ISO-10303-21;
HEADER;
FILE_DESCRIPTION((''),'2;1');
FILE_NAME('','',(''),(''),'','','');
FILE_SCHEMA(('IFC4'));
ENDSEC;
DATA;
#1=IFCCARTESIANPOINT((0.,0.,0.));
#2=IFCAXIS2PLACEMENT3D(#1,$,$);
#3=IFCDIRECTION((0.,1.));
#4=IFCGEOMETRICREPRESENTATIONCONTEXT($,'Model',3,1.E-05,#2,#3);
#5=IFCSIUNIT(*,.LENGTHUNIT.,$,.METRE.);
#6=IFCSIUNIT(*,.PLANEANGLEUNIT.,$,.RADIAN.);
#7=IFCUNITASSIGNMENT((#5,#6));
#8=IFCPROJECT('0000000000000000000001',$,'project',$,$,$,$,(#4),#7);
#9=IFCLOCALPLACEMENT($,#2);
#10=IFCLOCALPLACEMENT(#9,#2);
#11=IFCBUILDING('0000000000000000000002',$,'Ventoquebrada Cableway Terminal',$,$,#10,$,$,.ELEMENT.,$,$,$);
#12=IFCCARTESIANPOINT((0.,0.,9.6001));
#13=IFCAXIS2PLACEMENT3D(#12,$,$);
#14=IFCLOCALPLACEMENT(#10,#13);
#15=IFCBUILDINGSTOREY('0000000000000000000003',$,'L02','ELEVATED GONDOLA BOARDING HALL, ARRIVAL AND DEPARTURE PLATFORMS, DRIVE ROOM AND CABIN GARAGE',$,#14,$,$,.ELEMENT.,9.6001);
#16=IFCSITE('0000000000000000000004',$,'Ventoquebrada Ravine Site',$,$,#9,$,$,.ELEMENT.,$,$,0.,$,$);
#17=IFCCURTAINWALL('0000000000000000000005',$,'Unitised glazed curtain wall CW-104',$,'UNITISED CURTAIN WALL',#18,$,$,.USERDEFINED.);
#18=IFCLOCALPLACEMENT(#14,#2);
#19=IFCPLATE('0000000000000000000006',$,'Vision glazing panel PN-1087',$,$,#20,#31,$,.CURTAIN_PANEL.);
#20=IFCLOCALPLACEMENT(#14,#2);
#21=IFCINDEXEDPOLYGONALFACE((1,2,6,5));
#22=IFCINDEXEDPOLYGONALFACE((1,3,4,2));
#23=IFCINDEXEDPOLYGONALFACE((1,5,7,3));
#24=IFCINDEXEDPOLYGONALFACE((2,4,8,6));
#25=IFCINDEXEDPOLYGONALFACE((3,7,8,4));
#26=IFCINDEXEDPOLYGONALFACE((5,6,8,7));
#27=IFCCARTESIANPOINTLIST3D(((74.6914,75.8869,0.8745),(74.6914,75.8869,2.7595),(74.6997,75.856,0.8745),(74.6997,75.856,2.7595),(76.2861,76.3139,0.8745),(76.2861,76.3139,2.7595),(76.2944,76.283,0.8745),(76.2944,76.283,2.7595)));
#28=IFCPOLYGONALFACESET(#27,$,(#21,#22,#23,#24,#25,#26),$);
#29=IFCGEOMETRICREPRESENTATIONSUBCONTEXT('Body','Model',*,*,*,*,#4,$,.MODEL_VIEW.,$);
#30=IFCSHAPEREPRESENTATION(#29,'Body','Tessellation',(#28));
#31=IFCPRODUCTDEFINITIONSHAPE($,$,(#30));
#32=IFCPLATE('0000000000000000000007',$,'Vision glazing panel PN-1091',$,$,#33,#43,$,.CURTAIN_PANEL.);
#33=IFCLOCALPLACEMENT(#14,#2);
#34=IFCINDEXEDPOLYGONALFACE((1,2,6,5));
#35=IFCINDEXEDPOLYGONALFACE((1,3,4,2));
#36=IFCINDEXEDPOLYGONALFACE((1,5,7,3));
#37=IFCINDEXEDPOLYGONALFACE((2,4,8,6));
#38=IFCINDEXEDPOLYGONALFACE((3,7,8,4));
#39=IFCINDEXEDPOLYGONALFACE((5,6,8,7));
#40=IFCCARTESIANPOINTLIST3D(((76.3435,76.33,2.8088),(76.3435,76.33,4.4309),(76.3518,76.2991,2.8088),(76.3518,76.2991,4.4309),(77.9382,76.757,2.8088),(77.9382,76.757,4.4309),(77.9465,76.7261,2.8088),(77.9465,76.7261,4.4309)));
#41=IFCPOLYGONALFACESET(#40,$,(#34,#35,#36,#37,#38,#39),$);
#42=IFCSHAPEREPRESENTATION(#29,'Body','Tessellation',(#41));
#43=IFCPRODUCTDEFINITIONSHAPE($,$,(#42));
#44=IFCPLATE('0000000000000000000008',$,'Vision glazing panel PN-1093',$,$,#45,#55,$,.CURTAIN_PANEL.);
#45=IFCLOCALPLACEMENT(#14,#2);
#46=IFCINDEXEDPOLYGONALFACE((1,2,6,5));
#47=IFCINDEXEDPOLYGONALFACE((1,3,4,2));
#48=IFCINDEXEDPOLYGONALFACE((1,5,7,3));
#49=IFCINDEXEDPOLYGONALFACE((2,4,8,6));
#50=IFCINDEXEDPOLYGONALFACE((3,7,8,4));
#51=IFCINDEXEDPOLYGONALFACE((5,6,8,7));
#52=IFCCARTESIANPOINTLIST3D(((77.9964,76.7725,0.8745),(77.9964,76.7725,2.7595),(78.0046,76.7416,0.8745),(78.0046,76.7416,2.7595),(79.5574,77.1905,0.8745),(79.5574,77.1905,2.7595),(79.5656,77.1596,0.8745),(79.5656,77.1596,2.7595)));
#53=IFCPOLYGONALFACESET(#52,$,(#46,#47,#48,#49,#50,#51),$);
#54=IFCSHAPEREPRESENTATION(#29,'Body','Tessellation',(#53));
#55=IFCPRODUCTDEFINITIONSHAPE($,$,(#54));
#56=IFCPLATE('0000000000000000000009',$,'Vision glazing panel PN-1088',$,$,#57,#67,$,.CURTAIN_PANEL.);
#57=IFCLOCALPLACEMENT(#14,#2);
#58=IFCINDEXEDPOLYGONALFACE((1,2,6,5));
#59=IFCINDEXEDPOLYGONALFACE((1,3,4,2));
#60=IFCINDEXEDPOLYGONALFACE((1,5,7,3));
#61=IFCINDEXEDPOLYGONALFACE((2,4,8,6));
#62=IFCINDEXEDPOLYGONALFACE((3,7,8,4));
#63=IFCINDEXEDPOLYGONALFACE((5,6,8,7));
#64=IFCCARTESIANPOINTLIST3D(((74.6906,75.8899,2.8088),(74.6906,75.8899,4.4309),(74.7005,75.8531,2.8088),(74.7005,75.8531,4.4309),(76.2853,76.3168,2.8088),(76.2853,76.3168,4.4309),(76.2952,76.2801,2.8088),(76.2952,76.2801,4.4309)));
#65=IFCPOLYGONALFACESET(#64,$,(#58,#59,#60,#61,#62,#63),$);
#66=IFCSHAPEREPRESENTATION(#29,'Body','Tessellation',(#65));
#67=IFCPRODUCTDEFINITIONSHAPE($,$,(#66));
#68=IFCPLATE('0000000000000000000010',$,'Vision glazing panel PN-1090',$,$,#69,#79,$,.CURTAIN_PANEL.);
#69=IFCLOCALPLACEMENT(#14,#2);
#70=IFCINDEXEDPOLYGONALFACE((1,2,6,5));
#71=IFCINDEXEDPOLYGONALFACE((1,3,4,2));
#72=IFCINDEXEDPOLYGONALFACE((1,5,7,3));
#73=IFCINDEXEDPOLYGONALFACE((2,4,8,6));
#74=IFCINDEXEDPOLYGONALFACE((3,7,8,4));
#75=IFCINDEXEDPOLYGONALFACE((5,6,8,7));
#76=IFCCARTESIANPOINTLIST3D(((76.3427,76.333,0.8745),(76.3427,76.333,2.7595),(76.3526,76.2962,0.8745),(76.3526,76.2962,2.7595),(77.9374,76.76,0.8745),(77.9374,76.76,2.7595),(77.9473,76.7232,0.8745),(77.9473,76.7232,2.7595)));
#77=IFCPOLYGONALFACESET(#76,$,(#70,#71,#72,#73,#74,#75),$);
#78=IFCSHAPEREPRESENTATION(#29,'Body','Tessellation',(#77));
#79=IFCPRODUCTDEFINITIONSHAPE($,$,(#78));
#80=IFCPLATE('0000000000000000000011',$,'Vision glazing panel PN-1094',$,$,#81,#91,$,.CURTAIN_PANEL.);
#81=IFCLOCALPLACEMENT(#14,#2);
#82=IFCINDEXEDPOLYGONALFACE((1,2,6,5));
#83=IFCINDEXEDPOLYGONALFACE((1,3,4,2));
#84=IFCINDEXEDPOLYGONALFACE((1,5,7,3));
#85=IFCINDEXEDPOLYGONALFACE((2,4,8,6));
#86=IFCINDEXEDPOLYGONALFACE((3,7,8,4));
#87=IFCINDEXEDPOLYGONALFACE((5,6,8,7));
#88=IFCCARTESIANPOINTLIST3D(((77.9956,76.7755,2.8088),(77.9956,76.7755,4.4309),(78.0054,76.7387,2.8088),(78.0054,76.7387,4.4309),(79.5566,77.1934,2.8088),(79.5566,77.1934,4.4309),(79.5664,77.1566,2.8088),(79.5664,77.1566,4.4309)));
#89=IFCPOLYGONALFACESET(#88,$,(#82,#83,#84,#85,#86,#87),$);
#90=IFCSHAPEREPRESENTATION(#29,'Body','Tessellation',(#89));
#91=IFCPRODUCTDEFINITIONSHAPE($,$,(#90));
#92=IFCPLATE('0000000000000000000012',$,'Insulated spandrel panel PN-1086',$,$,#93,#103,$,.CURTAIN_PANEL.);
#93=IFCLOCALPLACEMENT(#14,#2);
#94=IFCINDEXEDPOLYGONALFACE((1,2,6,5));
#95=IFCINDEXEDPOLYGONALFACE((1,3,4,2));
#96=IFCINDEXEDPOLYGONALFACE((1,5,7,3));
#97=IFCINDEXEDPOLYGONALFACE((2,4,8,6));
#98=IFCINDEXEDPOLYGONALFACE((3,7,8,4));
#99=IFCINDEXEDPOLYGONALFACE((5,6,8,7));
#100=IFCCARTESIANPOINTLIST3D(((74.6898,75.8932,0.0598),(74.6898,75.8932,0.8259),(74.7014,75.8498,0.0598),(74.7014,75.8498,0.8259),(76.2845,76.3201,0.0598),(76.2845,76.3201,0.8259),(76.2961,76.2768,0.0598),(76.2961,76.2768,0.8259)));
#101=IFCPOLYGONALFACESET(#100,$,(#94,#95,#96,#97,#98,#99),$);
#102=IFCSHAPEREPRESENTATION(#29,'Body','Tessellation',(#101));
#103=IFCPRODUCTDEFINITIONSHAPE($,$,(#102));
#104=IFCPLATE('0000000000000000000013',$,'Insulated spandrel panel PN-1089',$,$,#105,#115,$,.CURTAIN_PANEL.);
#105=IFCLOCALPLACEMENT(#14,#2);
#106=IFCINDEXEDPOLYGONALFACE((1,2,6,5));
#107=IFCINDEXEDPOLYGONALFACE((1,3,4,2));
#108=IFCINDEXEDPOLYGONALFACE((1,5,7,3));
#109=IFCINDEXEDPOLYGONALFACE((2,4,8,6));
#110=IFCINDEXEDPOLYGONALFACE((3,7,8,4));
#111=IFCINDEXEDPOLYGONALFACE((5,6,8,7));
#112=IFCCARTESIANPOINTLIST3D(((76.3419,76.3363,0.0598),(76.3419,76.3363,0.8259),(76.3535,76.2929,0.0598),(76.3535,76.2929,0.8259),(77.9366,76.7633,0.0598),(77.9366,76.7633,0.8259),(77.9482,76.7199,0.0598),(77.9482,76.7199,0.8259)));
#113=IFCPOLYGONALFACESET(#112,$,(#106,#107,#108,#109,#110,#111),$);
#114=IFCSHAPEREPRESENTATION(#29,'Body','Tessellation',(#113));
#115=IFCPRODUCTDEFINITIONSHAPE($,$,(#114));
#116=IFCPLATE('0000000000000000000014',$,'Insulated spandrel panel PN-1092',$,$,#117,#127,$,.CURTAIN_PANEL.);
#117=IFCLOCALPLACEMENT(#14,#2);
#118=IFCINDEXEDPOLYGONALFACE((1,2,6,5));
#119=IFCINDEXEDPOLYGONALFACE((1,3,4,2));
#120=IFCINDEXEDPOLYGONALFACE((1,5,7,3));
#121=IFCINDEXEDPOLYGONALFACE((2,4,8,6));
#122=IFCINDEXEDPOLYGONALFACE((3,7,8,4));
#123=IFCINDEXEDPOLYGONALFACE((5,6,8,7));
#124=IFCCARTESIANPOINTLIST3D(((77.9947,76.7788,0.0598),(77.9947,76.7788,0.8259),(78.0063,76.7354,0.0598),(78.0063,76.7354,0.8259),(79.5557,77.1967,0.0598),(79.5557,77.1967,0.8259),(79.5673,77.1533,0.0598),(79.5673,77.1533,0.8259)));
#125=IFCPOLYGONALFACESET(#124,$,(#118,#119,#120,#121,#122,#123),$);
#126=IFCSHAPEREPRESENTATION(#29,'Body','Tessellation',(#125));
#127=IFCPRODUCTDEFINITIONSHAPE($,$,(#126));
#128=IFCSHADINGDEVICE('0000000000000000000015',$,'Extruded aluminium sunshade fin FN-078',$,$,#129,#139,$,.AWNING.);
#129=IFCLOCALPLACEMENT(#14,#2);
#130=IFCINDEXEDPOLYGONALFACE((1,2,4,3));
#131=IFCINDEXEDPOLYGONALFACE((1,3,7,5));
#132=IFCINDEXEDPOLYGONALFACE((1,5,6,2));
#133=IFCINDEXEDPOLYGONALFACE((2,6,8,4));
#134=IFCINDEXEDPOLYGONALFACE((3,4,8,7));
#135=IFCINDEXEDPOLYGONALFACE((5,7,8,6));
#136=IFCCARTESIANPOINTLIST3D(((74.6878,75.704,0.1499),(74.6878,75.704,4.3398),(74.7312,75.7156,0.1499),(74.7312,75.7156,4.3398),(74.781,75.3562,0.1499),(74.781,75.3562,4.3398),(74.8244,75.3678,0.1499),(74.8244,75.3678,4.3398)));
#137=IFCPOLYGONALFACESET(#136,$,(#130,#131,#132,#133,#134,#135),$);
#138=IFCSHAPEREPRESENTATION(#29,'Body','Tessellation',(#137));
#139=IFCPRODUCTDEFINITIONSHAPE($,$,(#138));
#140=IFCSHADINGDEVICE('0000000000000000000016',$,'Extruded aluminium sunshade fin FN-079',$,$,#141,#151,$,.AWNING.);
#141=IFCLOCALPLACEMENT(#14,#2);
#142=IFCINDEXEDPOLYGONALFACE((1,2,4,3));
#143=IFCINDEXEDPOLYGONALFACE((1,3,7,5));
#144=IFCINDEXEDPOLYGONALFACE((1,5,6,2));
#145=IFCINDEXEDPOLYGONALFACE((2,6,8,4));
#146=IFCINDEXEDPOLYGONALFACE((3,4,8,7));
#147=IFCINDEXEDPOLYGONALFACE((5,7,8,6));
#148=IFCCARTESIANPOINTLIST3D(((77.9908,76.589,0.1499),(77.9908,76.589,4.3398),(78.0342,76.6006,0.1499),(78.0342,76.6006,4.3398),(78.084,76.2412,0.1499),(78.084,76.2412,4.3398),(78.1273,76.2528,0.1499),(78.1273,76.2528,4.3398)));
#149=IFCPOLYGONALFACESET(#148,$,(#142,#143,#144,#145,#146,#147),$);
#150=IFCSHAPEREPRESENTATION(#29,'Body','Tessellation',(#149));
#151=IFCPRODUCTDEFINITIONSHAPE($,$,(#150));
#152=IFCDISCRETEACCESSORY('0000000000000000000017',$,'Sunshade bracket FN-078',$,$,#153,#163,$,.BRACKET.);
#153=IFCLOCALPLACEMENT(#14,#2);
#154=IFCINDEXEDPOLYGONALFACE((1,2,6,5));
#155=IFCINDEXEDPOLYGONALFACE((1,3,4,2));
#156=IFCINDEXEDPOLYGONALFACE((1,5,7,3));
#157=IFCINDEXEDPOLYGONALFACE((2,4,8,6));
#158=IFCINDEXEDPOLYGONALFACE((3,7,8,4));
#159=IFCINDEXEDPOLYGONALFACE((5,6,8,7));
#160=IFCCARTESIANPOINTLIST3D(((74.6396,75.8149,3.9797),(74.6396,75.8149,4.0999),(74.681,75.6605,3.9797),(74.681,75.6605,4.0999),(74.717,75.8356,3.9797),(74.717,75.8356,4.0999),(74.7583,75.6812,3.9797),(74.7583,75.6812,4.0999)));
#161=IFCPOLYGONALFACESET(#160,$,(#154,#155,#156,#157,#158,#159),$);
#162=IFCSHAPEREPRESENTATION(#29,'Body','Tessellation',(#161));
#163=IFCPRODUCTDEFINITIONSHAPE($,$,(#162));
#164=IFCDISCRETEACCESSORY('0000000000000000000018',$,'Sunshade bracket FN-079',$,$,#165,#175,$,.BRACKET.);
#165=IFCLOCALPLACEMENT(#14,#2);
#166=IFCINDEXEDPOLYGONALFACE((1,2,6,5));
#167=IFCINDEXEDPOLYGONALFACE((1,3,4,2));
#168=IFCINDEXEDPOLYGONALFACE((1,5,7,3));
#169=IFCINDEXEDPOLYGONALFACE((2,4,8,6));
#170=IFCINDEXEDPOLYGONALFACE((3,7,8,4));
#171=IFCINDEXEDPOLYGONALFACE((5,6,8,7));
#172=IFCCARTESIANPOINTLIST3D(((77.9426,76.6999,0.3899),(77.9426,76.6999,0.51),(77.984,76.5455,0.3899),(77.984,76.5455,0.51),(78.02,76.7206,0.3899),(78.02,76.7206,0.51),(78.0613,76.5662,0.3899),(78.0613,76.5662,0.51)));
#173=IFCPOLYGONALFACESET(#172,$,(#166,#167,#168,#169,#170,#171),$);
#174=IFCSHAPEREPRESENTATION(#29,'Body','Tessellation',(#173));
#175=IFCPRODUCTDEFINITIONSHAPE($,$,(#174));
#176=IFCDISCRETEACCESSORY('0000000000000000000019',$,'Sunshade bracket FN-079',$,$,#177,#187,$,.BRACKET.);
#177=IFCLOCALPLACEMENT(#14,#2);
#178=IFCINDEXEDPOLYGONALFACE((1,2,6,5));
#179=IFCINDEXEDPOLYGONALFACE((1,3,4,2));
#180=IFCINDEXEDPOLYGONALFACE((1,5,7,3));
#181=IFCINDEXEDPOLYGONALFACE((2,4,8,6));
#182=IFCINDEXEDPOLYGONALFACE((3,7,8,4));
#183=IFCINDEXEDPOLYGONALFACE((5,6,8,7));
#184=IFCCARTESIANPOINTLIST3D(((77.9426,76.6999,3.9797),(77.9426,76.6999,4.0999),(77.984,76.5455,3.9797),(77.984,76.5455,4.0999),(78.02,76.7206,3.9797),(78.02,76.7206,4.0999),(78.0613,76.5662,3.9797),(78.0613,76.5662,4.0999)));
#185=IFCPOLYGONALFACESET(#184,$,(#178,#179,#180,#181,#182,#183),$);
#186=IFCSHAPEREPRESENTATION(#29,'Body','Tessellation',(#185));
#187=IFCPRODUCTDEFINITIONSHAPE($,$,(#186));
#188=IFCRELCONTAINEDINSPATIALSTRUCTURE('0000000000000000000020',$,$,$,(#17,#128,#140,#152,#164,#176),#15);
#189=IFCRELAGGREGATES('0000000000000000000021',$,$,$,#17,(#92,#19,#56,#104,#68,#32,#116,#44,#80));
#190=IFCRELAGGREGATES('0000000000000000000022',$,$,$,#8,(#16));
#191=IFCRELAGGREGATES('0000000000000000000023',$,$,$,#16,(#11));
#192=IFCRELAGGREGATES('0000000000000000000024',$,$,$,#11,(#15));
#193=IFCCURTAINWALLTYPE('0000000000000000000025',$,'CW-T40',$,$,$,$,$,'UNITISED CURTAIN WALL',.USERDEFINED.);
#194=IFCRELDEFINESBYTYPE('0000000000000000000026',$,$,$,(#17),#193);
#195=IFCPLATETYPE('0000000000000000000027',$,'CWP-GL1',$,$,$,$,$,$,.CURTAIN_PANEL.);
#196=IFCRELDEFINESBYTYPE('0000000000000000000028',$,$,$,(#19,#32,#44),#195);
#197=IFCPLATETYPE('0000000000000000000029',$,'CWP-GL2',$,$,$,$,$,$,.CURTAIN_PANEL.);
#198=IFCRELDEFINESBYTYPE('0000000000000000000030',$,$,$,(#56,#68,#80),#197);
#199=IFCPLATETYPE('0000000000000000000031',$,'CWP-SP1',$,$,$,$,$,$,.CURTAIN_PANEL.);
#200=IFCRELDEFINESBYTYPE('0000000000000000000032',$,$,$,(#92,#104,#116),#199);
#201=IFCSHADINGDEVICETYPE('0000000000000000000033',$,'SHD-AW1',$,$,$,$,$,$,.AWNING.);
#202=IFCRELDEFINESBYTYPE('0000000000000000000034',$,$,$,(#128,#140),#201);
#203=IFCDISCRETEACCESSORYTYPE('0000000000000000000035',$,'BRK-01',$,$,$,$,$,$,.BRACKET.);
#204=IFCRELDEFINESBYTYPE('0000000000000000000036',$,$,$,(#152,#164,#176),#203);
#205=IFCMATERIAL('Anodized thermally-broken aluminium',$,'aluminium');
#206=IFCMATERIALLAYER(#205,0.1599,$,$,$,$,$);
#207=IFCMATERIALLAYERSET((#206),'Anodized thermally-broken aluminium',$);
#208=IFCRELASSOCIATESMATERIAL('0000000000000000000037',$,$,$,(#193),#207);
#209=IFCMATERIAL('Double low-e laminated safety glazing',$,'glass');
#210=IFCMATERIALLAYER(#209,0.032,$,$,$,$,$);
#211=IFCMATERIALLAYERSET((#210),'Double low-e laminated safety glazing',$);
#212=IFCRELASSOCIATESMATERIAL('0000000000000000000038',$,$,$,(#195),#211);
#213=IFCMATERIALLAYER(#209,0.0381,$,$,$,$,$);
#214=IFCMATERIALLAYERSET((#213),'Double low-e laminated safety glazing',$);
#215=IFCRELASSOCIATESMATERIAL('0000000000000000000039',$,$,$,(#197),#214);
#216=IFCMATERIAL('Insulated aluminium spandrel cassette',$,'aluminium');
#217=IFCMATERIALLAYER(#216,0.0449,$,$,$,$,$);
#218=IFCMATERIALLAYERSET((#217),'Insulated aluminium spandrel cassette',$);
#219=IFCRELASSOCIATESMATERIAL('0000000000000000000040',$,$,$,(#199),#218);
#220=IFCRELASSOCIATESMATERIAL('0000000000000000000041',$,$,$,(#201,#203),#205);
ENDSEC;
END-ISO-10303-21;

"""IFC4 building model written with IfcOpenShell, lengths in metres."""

from ifc_helpers import new_model, si_unit, direction, frame, origin, origin_2d, place, context, subcontext, project, spatial, rectangle, extrude, material, layer, layer_set, type_object, element, aggregate, save


model = new_model("IFC4")

# Units and contexts
model_context = context("Model", 3, precision=1e-05, world=origin(), true_north=direction((0.0, 1.0)))
body_context = subcontext(model_context, "Body", "Model", "MODEL_VIEW")
ifc_project = project(units=[si_unit("LENGTHUNIT", "METRE"), si_unit("PLANEANGLEUNIT", "RADIAN")], contexts=[model_context])

# Site, building, storey
site_placement = place(None, origin())
site = spatial("IfcSite", under=ifc_project, at=site_placement, Name="Ventoquebrada Ravine Site", CompositionType="ELEMENT", RefElevation=0.0)
building_placement = place(site_placement, origin())
building = spatial("IfcBuilding", under=site, at=building_placement, Name="Ventoquebrada Cableway Terminal", CompositionType="ELEMENT")
storey_placement = place(building_placement, frame((0.0, 0.0, 9.6001)))
storey = spatial("IfcBuildingStorey", under=building, at=storey_placement, Name="L02", Description="ELEVATED GONDOLA BOARDING HALL, ARRIVAL AND DEPARTURE PLATFORMS, DRIVE ROOM AND CABIN GARAGE", CompositionType="ELEMENT", Elevation=9.6001)

# Curtain wall
ifc_material_1 = material(Name="Anodized thermally-broken aluminium", Category="aluminium")
ifc_layer_1 = layer(ifc_material_1, 0.1599)
ifc_layer_set_1 = layer_set([ifc_layer_1], Name="Anodized thermally-broken aluminium")
curtain_wall_type = type_object("IfcCurtainWallType", Name="CW-T40", ElementType="UNITISED CURTAIN WALL", PredefinedType="USERDEFINED", material=ifc_layer_set_1)
curtain_wall_1_placement = place(storey_placement, origin())
curtain_wall_1 = element("IfcCurtainWall", 1, at=curtain_wall_1_placement, inside=storey, type_object=curtain_wall_type, Name="Unitised glazed curtain wall CW-104", ObjectType="UNITISED CURTAIN WALL", PredefinedType="USERDEFINED")

# Plates
ifc_material_2 = material(Name="Double low-e laminated safety glazing", Category="glass")
ifc_layer_2 = layer(ifc_material_2, 0.032)
ifc_layer_set_2 = layer_set([ifc_layer_2], Name="Double low-e laminated safety glazing")
plate_type_1 = type_object("IfcPlateType", Name="CWP-GL1", PredefinedType="CURTAIN_PANEL", material=ifc_layer_set_2)
plate_1_placement = place(storey_placement, frame((75.4929, 76.085, 0.8745), z_axis=(0.0, 0.0, 1.0), x_axis=(0.965975, 0.258634, 0.0)))
plate_1 = element("IfcPlate", 2, at=plate_1_placement, type_object=plate_type_1, Name="Vision glazing panel PN-1087", PredefinedType="CURTAIN_PANEL", context=body_context, shape_type="SweptSolid", body=[
    extrude(rectangle(XDim=1.6509, YDim=0.032, at=origin_2d()), origin(), (0.0, 0.0, 1.0), 1.885),
])
plate_2_placement = place(storey_placement, frame((77.145, 76.5281, 2.8088), z_axis=(0.0, 0.0, 1.0), x_axis=(0.965975, 0.258634, 0.0)))
plate_2 = element("IfcPlate", 3, at=plate_2_placement, type_object=plate_type_1, Name="Vision glazing panel PN-1091", PredefinedType="CURTAIN_PANEL", context=body_context, shape_type="SweptSolid", body=[
    extrude(rectangle(XDim=1.6509, YDim=0.032, at=origin_2d()), origin(), (0.0, 0.0, 1.0), 1.6221),
])
plate_3_placement = place(storey_placement, frame((78.781, 76.9661, 0.8745), z_axis=(0.0, 0.0, 1.0), x_axis=(0.965975, 0.258634, 0.0)))
plate_3 = element("IfcPlate", 4, at=plate_3_placement, type_object=plate_type_1, Name="Vision glazing panel PN-1093", PredefinedType="CURTAIN_PANEL", context=body_context, shape_type="SweptSolid", body=[
    extrude(rectangle(XDim=1.616, YDim=0.032, at=origin_2d()), origin(), (0.0, 0.0, 1.0), 1.885),
])
ifc_layer_3 = layer(ifc_material_2, 0.0381)
ifc_layer_set_3 = layer_set([ifc_layer_3], Name="Double low-e laminated safety glazing")
plate_type_2 = type_object("IfcPlateType", Name="CWP-GL2", PredefinedType="CURTAIN_PANEL", material=ifc_layer_set_3)
plate_4_placement = place(storey_placement, frame((75.4929, 76.085, 2.8088), z_axis=(0.0, 0.0, 1.0), x_axis=(0.965975, 0.258634, 0.0)))
plate_4 = element("IfcPlate", 5, at=plate_4_placement, type_object=plate_type_2, Name="Vision glazing panel PN-1088", PredefinedType="CURTAIN_PANEL", context=body_context, shape_type="SweptSolid", body=[
    extrude(rectangle(XDim=1.6509, YDim=0.0381, at=origin_2d()), origin(), (0.0, 0.0, 1.0), 1.6221),
])
plate_5_placement = place(storey_placement, frame((77.145, 76.5281, 0.8745), z_axis=(0.0, 0.0, 1.0), x_axis=(0.965975, 0.258634, 0.0)))
plate_5 = element("IfcPlate", 6, at=plate_5_placement, type_object=plate_type_2, Name="Vision glazing panel PN-1090", PredefinedType="CURTAIN_PANEL", context=body_context, shape_type="SweptSolid", body=[
    extrude(rectangle(XDim=1.6509, YDim=0.0381, at=origin_2d()), origin(), (0.0, 0.0, 1.0), 1.885),
])
plate_6_placement = place(storey_placement, frame((78.781, 76.9661, 2.8088), z_axis=(0.0, 0.0, 1.0), x_axis=(0.965975, 0.258634, 0.0)))
plate_6 = element("IfcPlate", 7, at=plate_6_placement, type_object=plate_type_2, Name="Vision glazing panel PN-1094", PredefinedType="CURTAIN_PANEL", context=body_context, shape_type="SweptSolid", body=[
    extrude(rectangle(XDim=1.616, YDim=0.0381, at=origin_2d()), origin(), (0.0, 0.0, 1.0), 1.6221),
])
ifc_material_3 = material(Name="Insulated aluminium spandrel cassette", Category="aluminium")
ifc_layer_4 = layer(ifc_material_3, 0.0449)
ifc_layer_set_4 = layer_set([ifc_layer_4], Name="Insulated aluminium spandrel cassette")
plate_type_3 = type_object("IfcPlateType", Name="CWP-SP1", PredefinedType="CURTAIN_PANEL", material=ifc_layer_set_4)
plate_7_placement = place(storey_placement, frame((75.4929, 76.085, 0.0598), z_axis=(0.0, 0.0, 1.0), x_axis=(0.965975, 0.258634, 0.0)))
plate_7 = element("IfcPlate", 8, at=plate_7_placement, type_object=plate_type_3, Name="Insulated spandrel panel PN-1086", PredefinedType="CURTAIN_PANEL", context=body_context, shape_type="SweptSolid", body=[
    extrude(rectangle(XDim=1.6509, YDim=0.0449, at=origin_2d()), origin(), (0.0, 0.0, 1.0), 0.7661),
])
plate_8_placement = place(storey_placement, frame((77.145, 76.5281, 0.0598), z_axis=(0.0, 0.0, 1.0), x_axis=(0.965975, 0.258634, 0.0)))
plate_8 = element("IfcPlate", 9, at=plate_8_placement, type_object=plate_type_3, Name="Insulated spandrel panel PN-1089", PredefinedType="CURTAIN_PANEL", context=body_context, shape_type="SweptSolid", body=[
    extrude(rectangle(XDim=1.6509, YDim=0.0449, at=origin_2d()), origin(), (0.0, 0.0, 1.0), 0.7661),
])
plate_9_placement = place(storey_placement, frame((78.781, 76.9661, 0.0598), z_axis=(0.0, 0.0, 1.0), x_axis=(0.965975, 0.258634, 0.0)))
plate_9 = element("IfcPlate", 10, at=plate_9_placement, type_object=plate_type_3, Name="Insulated spandrel panel PN-1092", PredefinedType="CURTAIN_PANEL", context=body_context, shape_type="SweptSolid", body=[
    extrude(rectangle(XDim=1.616, YDim=0.0449, at=origin_2d()), origin(), (0.0, 0.0, 1.0), 0.7661),
])
aggregate(curtain_wall_1, [plate_7, plate_1, plate_4, plate_8, plate_5, plate_2, plate_9, plate_3, plate_6])

# Shading devices
shading_device_type = type_object("IfcShadingDeviceType", Name="SHD-AW1", PredefinedType="AWNING", material=ifc_material_1)
for number, where, z_axis, x_axis, name in (
    (11, (74.7561, 75.5359, 0.1499), (0.0, 0.0, 1.0), (0.965975, 0.258634, 0.0), "Extruded aluminium sunshade fin FN-078"),
    (12, (78.0591, 76.4209, 0.1499), (0.0, 0.0, 1.0), (0.965975, 0.258634, 0.0), "Extruded aluminium sunshade fin FN-079"),
):
    element("IfcShadingDevice", number, at=place(storey_placement, frame(where, z_axis=z_axis, x_axis=x_axis)), inside=storey, type_object=shading_device_type, Name=name, PredefinedType="AWNING", context=body_context, shape_type="SweptSolid", body=[
        extrude(rectangle(XDim=0.0449, YDim=0.3601, at=origin_2d()), origin(), (0.0, 0.0, 1.0), 4.1899),
    ])

# Discrete accessories
discrete_accessory_type = type_object("IfcDiscreteAccessoryType", Name="BRK-01", PredefinedType="BRACKET", material=ifc_material_1)
for number, where, z_axis, x_axis, name in (
    (13, (74.699, 75.748, 3.9797), (0.0, 0.0, 1.0), (0.965975, 0.258634, 0.0), "Sunshade bracket FN-078"),
    (14, (78.002, 76.6331, 0.3899), (0.0, 0.0, 1.0), (0.965975, 0.258634, 0.0), "Sunshade bracket FN-079"),
    (15, (78.002, 76.6331, 3.9797), (0.0, 0.0, 1.0), (0.965975, 0.258634, 0.0), "Sunshade bracket FN-079"),
):
    element("IfcDiscreteAccessory", number, at=place(storey_placement, frame(where, z_axis=z_axis, x_axis=x_axis)), inside=storey, type_object=discrete_accessory_type, Name=name, PredefinedType="BRACKET", context=body_context, shape_type="SweptSolid", body=[
        extrude(rectangle(XDim=0.0801, YDim=0.1599, at=origin_2d()), origin(), (0.0, 0.0, 1.0), 0.1201),
    ])

save(model, "model.ifc")
